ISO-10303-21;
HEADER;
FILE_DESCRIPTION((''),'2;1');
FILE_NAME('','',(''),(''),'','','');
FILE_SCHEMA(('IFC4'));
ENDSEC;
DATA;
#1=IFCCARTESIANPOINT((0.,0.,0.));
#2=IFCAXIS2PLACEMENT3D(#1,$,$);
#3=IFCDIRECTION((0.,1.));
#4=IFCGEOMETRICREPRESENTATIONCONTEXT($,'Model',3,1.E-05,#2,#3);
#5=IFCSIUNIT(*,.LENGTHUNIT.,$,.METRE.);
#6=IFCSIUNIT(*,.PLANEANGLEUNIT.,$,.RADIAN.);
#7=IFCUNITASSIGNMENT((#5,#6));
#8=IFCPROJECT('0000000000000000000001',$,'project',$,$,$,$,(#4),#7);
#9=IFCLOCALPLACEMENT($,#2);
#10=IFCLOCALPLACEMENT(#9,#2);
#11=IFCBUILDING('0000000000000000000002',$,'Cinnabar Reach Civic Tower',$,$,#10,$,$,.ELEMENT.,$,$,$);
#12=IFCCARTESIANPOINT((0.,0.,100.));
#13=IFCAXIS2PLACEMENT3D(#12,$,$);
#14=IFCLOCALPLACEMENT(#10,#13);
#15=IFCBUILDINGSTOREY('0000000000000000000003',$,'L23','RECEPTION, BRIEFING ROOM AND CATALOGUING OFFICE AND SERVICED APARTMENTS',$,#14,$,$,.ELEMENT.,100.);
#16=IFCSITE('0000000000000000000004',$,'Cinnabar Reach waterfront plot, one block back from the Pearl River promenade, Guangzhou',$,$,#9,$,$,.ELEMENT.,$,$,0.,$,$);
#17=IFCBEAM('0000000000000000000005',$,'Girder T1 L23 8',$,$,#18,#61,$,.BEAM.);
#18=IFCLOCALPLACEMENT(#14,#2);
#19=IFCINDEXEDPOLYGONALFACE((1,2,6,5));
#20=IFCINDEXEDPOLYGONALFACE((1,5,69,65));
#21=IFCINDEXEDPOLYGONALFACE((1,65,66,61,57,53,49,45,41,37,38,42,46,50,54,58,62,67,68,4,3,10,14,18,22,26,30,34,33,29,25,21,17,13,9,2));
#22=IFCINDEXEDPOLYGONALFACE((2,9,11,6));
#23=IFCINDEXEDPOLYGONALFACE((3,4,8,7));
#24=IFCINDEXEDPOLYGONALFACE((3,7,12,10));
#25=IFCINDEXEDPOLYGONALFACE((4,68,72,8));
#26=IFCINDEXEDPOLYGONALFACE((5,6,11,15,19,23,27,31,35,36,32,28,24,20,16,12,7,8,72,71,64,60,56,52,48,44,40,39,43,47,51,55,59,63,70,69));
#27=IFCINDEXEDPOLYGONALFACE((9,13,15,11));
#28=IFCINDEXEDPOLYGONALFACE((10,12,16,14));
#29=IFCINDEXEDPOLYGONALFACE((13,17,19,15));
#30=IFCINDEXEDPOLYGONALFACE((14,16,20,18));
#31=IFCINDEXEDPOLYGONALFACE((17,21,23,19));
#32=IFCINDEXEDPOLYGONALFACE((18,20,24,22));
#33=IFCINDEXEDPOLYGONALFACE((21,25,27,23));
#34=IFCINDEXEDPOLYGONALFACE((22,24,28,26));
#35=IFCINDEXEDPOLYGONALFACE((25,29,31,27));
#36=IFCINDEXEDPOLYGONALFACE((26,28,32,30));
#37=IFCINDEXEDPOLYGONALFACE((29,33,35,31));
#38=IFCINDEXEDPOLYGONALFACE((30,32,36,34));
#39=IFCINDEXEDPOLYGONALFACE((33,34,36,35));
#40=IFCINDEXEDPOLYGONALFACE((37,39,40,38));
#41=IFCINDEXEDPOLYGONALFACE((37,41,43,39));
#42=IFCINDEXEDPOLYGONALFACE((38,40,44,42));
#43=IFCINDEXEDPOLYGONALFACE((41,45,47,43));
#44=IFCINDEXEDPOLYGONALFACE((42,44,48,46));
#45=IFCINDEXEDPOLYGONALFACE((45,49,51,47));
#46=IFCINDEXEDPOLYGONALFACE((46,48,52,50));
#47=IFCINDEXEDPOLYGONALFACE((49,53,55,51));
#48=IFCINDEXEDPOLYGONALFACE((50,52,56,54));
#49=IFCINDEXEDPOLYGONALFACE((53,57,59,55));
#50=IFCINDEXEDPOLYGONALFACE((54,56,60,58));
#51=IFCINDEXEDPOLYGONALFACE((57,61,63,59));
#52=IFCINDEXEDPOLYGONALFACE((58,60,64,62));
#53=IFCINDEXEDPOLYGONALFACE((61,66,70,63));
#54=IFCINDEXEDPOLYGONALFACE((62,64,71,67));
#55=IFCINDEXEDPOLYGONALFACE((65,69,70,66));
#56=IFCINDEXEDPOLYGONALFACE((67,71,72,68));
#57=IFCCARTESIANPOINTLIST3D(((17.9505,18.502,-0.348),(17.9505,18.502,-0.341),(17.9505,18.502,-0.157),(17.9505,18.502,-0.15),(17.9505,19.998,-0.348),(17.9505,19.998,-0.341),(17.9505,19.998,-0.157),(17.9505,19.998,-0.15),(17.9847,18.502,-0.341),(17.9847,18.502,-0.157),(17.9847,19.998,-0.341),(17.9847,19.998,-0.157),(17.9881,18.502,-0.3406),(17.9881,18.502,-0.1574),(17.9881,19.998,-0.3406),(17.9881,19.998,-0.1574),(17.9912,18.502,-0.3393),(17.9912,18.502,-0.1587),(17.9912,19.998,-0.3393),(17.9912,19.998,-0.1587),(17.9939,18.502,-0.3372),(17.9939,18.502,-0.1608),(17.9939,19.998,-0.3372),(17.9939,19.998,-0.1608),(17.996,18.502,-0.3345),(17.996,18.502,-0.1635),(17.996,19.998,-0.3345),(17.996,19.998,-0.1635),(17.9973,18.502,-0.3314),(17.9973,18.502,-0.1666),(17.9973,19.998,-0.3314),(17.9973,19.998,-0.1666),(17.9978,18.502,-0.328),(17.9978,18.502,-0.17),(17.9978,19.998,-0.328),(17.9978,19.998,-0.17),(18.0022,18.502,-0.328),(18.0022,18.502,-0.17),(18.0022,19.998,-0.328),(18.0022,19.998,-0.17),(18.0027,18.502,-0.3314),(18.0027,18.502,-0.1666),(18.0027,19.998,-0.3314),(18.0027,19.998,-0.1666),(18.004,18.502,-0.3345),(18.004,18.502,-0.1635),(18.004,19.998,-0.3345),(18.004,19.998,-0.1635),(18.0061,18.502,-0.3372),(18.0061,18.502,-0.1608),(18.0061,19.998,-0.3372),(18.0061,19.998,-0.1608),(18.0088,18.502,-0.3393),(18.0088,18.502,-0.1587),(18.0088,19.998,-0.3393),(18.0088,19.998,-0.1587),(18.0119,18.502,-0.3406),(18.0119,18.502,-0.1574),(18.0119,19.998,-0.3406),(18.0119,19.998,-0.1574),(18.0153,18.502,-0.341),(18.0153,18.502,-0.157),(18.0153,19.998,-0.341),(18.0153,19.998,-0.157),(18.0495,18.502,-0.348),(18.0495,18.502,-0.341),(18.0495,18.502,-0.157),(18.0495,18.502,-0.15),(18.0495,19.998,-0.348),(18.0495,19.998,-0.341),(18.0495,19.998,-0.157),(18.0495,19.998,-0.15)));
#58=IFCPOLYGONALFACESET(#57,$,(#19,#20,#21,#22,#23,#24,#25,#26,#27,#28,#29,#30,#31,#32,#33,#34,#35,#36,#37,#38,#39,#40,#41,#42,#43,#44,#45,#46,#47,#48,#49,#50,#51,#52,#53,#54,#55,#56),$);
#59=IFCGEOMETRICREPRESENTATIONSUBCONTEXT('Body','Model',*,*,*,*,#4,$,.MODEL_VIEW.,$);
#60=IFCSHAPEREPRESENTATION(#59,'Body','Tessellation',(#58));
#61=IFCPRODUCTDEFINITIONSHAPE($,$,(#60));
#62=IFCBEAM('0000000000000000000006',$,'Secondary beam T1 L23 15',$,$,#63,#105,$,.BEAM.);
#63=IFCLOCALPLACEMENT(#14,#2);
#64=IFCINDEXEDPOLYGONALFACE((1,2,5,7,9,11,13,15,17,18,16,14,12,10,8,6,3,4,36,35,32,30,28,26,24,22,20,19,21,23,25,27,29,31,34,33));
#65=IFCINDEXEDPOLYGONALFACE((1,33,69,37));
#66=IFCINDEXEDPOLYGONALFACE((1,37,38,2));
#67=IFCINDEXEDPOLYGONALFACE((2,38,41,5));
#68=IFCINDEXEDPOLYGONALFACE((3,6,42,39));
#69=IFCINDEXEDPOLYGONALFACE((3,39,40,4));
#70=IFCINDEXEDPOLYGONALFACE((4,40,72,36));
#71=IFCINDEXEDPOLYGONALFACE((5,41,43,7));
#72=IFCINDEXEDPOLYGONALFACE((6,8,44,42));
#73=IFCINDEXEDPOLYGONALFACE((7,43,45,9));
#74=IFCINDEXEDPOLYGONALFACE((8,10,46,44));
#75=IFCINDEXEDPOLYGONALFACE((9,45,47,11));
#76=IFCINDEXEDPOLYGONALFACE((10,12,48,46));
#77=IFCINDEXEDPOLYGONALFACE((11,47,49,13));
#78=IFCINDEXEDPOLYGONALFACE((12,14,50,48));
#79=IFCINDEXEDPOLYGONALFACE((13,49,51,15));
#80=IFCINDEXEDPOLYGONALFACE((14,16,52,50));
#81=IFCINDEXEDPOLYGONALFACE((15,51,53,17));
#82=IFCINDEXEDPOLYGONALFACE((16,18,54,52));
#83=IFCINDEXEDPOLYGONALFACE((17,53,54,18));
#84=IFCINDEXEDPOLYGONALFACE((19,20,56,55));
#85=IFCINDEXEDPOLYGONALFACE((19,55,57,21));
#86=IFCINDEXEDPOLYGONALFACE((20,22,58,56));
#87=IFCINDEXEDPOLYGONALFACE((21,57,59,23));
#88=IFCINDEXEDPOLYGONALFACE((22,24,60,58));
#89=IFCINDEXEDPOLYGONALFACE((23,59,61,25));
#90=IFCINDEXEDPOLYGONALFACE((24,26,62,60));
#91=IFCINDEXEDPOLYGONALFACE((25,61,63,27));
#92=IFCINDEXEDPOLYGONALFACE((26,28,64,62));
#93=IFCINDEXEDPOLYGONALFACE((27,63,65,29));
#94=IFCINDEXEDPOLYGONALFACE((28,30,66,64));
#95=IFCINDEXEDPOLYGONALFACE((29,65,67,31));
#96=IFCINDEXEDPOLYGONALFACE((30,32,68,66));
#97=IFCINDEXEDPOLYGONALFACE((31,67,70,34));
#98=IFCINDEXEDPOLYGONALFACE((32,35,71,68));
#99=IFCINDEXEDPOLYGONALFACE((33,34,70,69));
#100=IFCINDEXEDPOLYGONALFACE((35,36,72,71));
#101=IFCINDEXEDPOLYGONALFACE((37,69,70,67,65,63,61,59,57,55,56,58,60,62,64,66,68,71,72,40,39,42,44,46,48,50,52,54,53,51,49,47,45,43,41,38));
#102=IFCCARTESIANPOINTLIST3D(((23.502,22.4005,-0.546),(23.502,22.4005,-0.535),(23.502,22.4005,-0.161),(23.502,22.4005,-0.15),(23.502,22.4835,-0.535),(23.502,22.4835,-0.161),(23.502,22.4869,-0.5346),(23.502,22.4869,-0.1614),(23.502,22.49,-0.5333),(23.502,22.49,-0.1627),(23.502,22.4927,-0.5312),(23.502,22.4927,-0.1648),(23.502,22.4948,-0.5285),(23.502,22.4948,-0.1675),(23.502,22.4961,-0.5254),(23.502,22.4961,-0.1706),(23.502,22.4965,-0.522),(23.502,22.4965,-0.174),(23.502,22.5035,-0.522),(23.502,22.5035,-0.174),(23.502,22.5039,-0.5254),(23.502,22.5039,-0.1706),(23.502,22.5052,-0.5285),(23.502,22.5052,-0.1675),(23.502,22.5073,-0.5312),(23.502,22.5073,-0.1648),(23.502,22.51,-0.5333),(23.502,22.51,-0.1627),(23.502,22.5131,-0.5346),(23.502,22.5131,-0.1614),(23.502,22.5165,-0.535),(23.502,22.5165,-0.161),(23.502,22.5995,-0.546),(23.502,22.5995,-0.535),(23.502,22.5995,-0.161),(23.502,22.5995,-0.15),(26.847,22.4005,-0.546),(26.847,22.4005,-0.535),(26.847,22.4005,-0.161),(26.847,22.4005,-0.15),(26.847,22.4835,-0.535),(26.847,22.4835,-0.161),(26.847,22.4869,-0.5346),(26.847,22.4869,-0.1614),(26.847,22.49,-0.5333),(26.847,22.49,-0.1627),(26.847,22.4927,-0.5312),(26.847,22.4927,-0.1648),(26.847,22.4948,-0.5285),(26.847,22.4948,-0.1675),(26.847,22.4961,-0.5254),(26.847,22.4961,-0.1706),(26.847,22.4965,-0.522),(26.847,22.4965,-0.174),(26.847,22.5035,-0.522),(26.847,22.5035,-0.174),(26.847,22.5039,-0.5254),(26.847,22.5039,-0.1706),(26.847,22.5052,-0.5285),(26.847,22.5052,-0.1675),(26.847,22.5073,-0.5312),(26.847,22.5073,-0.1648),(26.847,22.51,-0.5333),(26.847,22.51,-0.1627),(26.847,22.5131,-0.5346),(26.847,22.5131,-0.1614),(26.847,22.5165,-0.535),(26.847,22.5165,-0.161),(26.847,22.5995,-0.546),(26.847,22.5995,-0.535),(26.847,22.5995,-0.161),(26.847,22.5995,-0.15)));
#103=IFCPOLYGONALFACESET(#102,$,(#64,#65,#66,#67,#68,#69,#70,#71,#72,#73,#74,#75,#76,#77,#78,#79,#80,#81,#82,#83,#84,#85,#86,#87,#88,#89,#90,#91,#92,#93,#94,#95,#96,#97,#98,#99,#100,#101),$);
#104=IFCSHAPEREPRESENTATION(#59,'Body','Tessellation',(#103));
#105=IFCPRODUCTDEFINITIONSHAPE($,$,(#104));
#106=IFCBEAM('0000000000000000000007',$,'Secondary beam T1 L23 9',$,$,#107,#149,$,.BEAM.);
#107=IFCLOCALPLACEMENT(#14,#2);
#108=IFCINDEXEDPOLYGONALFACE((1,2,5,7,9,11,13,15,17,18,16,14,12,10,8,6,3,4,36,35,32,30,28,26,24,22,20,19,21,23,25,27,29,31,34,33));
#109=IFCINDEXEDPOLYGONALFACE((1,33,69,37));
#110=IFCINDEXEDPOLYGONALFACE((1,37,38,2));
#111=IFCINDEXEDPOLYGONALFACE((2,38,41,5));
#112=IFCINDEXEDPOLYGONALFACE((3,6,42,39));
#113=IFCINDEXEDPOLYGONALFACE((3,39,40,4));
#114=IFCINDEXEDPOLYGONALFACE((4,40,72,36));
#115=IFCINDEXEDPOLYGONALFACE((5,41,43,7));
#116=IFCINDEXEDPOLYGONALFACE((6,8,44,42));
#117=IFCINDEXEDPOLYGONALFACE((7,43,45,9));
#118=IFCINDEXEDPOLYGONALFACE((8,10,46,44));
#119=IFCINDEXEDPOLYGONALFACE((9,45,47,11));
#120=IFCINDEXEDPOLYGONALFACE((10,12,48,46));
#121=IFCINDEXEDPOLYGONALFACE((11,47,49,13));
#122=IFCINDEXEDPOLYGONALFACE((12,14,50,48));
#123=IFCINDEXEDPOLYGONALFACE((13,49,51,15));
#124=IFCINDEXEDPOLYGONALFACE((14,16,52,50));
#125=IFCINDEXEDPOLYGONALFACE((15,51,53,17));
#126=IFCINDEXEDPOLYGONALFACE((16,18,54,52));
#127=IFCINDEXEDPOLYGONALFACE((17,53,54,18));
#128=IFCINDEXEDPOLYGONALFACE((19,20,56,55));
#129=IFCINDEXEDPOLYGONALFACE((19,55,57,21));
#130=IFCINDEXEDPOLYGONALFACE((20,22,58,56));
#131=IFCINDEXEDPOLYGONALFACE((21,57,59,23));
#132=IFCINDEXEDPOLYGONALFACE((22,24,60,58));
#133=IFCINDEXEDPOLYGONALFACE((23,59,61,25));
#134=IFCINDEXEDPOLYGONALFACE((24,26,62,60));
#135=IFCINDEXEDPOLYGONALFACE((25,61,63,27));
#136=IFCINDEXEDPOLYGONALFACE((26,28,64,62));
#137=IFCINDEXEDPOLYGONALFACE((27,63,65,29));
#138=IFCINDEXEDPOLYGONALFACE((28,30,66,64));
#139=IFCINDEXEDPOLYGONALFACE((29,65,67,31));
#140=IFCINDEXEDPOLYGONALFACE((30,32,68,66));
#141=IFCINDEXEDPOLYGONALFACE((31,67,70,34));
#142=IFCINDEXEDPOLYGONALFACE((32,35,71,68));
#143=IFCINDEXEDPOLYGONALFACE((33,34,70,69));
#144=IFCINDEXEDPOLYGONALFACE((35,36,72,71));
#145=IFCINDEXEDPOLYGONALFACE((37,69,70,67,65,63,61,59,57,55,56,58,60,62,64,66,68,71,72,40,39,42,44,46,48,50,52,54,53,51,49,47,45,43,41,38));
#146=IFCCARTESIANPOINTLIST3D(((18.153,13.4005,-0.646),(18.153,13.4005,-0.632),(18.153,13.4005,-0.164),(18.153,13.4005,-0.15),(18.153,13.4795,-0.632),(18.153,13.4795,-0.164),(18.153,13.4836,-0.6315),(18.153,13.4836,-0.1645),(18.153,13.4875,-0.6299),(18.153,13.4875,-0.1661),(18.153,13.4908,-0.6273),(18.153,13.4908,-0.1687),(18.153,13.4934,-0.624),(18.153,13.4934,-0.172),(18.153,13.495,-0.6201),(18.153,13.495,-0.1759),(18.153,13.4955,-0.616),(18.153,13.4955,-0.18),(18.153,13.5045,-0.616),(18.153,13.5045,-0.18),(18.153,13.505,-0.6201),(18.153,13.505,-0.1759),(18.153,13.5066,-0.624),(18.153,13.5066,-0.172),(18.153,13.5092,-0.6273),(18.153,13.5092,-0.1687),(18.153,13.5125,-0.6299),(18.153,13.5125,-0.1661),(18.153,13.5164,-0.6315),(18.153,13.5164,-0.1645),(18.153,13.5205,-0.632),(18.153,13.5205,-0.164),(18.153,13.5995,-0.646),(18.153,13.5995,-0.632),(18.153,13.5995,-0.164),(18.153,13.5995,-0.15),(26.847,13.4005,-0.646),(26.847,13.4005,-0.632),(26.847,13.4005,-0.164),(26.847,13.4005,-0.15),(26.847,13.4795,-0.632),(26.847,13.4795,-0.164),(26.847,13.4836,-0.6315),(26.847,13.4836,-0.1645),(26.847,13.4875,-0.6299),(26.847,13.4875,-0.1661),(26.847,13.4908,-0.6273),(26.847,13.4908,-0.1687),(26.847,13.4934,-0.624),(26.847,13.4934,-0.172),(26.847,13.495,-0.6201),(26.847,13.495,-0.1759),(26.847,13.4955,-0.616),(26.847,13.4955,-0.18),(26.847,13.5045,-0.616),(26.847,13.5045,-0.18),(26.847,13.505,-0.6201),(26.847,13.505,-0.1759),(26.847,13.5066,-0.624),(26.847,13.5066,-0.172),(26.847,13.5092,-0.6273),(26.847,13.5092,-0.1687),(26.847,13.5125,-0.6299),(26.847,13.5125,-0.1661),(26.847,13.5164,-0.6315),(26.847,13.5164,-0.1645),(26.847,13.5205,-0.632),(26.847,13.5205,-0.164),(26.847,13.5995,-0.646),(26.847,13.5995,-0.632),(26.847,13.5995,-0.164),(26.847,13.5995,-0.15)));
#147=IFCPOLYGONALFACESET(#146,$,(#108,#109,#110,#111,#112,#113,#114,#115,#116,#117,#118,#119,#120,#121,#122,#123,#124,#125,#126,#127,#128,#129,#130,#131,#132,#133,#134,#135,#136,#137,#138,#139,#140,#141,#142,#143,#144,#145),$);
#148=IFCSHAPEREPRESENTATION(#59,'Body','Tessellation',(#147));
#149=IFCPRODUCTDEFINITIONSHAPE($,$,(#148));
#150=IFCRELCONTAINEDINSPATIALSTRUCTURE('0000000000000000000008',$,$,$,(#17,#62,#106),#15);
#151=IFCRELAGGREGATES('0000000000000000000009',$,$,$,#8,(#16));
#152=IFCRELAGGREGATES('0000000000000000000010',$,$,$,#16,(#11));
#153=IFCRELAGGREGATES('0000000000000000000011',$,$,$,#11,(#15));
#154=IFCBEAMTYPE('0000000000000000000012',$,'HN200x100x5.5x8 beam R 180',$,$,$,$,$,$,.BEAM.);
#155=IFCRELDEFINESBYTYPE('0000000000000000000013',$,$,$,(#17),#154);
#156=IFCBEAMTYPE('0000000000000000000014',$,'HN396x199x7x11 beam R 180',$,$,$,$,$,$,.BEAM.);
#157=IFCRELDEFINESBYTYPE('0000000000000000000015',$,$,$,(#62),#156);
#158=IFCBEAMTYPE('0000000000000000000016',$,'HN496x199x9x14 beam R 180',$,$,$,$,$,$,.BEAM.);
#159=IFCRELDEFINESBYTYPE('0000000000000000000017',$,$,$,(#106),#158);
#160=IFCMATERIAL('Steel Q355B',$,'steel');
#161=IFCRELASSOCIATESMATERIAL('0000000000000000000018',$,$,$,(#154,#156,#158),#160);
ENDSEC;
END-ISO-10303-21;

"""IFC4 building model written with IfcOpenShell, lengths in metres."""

from ifc_helpers import new_model, si_unit, direction, frame, origin, origin_2d, place, context, subcontext, project, spatial, i_section, extrude, material, material_profile, profile_set, type_object, element, save


model = new_model("IFC4")

# Units and contexts
model_context = context("Model", 3, precision=1e-05, world=origin(), true_north=direction((0.0, 1.0)))
body_context = subcontext(model_context, "Body", "Model", "MODEL_VIEW")
ifc_project = project(units=[si_unit("LENGTHUNIT", "METRE"), si_unit("PLANEANGLEUNIT", "RADIAN")], contexts=[model_context])

# Site, building, storey
site_placement = place(None, origin())
site = spatial("IfcSite", under=ifc_project, at=site_placement, Name="Cinnabar Reach waterfront plot, one block back from the Pearl River promenade, Guangzhou", CompositionType="ELEMENT", RefElevation=0.0)
building_placement = place(site_placement, origin())
building = spatial("IfcBuilding", under=site, at=building_placement, Name="Cinnabar Reach Civic Tower", CompositionType="ELEMENT")
storey_placement = place(building_placement, frame((0.0, 0.0, 100.0)))
storey = spatial("IfcBuildingStorey", under=building, at=storey_placement, Name="L23", Description="RECEPTION, BRIEFING ROOM AND CATALOGUING OFFICE AND SERVICED APARTMENTS", CompositionType="ELEMENT", Elevation=100.0)

# Beams
ifc_material_1 = material(Name="Steel Q355B", Category="steel")
ifc_material_profile_1 = material_profile(ifc_material_1, i_section(OverallWidth=0.099, OverallDepth=0.198, WebThickness=0.0045, FlangeThickness=0.007, FilletRadius=0.013, at=origin_2d()), Name="HN200x100x5.5x8")
ifc_profile_set_1 = profile_set([ifc_material_profile_1], Name="Steel Q355B")
beam_type_1 = type_object("IfcBeamType", Name="HN200x100x5.5x8 beam R 180", PredefinedType="BEAM", material=ifc_profile_set_1)
beam_1_placement = place(storey_placement, frame((18.0, 18.502, -0.249), z_axis=(0.0, 1.0, 0.0), x_axis=(-1.0, 0.0, 0.0)))
element("IfcBeam", 1, at=beam_1_placement, inside=storey, type_object=beam_type_1, Name="Girder T1 L23 8", PredefinedType="BEAM", context=body_context, shape_type="SweptSolid", body=[
    extrude(i_section(OverallWidth=0.099, OverallDepth=0.198, WebThickness=0.0045, FlangeThickness=0.007, FilletRadius=0.013, at=origin_2d()), origin(), (0.0, 0.0, 1.0), 1.496),
])
ifc_material_profile_2 = material_profile(ifc_material_1, i_section(OverallWidth=0.199, OverallDepth=0.396, WebThickness=0.007, FlangeThickness=0.011, FilletRadius=0.013, at=origin_2d()), Name="HN396x199x7x11")
ifc_profile_set_2 = profile_set([ifc_material_profile_2], Name="Steel Q355B")
beam_type_2 = type_object("IfcBeamType", Name="HN396x199x7x11 beam R 180", PredefinedType="BEAM", material=ifc_profile_set_2)
beam_2_placement = place(storey_placement, frame((23.502, 22.5, -0.348), z_axis=(1.0, 0.0, 0.0), x_axis=(0.0, 1.0, 0.0)))
element("IfcBeam", 2, at=beam_2_placement, inside=storey, type_object=beam_type_2, Name="Secondary beam T1 L23 15", PredefinedType="BEAM", context=body_context, shape_type="SweptSolid", body=[
    extrude(i_section(OverallWidth=0.199, OverallDepth=0.396, WebThickness=0.007, FlangeThickness=0.011, FilletRadius=0.013, at=origin_2d()), origin(), (0.0, 0.0, 1.0), 3.345),
])
ifc_material_profile_3 = material_profile(ifc_material_1, i_section(OverallWidth=0.199, OverallDepth=0.496, WebThickness=0.009, FlangeThickness=0.014, FilletRadius=0.016, at=origin_2d()), Name="HN496x199x9x14")
ifc_profile_set_3 = profile_set([ifc_material_profile_3], Name="Steel Q355B")
beam_type_3 = type_object("IfcBeamType", Name="HN496x199x9x14 beam R 180", PredefinedType="BEAM", material=ifc_profile_set_3)
beam_3_placement = place(storey_placement, frame((18.153, 13.5, -0.398), z_axis=(1.0, 0.0, 0.0), x_axis=(0.0, 1.0, 0.0)))
element("IfcBeam", 3, at=beam_3_placement, inside=storey, type_object=beam_type_3, Name="Secondary beam T1 L23 9", PredefinedType="BEAM", context=body_context, shape_type="SweptSolid", body=[
    extrude(i_section(OverallWidth=0.199, OverallDepth=0.496, WebThickness=0.009, FlangeThickness=0.014, FilletRadius=0.016, at=origin_2d()), origin(), (0.0, 0.0, 1.0), 8.694),
])

save(model, "model.ifc")
